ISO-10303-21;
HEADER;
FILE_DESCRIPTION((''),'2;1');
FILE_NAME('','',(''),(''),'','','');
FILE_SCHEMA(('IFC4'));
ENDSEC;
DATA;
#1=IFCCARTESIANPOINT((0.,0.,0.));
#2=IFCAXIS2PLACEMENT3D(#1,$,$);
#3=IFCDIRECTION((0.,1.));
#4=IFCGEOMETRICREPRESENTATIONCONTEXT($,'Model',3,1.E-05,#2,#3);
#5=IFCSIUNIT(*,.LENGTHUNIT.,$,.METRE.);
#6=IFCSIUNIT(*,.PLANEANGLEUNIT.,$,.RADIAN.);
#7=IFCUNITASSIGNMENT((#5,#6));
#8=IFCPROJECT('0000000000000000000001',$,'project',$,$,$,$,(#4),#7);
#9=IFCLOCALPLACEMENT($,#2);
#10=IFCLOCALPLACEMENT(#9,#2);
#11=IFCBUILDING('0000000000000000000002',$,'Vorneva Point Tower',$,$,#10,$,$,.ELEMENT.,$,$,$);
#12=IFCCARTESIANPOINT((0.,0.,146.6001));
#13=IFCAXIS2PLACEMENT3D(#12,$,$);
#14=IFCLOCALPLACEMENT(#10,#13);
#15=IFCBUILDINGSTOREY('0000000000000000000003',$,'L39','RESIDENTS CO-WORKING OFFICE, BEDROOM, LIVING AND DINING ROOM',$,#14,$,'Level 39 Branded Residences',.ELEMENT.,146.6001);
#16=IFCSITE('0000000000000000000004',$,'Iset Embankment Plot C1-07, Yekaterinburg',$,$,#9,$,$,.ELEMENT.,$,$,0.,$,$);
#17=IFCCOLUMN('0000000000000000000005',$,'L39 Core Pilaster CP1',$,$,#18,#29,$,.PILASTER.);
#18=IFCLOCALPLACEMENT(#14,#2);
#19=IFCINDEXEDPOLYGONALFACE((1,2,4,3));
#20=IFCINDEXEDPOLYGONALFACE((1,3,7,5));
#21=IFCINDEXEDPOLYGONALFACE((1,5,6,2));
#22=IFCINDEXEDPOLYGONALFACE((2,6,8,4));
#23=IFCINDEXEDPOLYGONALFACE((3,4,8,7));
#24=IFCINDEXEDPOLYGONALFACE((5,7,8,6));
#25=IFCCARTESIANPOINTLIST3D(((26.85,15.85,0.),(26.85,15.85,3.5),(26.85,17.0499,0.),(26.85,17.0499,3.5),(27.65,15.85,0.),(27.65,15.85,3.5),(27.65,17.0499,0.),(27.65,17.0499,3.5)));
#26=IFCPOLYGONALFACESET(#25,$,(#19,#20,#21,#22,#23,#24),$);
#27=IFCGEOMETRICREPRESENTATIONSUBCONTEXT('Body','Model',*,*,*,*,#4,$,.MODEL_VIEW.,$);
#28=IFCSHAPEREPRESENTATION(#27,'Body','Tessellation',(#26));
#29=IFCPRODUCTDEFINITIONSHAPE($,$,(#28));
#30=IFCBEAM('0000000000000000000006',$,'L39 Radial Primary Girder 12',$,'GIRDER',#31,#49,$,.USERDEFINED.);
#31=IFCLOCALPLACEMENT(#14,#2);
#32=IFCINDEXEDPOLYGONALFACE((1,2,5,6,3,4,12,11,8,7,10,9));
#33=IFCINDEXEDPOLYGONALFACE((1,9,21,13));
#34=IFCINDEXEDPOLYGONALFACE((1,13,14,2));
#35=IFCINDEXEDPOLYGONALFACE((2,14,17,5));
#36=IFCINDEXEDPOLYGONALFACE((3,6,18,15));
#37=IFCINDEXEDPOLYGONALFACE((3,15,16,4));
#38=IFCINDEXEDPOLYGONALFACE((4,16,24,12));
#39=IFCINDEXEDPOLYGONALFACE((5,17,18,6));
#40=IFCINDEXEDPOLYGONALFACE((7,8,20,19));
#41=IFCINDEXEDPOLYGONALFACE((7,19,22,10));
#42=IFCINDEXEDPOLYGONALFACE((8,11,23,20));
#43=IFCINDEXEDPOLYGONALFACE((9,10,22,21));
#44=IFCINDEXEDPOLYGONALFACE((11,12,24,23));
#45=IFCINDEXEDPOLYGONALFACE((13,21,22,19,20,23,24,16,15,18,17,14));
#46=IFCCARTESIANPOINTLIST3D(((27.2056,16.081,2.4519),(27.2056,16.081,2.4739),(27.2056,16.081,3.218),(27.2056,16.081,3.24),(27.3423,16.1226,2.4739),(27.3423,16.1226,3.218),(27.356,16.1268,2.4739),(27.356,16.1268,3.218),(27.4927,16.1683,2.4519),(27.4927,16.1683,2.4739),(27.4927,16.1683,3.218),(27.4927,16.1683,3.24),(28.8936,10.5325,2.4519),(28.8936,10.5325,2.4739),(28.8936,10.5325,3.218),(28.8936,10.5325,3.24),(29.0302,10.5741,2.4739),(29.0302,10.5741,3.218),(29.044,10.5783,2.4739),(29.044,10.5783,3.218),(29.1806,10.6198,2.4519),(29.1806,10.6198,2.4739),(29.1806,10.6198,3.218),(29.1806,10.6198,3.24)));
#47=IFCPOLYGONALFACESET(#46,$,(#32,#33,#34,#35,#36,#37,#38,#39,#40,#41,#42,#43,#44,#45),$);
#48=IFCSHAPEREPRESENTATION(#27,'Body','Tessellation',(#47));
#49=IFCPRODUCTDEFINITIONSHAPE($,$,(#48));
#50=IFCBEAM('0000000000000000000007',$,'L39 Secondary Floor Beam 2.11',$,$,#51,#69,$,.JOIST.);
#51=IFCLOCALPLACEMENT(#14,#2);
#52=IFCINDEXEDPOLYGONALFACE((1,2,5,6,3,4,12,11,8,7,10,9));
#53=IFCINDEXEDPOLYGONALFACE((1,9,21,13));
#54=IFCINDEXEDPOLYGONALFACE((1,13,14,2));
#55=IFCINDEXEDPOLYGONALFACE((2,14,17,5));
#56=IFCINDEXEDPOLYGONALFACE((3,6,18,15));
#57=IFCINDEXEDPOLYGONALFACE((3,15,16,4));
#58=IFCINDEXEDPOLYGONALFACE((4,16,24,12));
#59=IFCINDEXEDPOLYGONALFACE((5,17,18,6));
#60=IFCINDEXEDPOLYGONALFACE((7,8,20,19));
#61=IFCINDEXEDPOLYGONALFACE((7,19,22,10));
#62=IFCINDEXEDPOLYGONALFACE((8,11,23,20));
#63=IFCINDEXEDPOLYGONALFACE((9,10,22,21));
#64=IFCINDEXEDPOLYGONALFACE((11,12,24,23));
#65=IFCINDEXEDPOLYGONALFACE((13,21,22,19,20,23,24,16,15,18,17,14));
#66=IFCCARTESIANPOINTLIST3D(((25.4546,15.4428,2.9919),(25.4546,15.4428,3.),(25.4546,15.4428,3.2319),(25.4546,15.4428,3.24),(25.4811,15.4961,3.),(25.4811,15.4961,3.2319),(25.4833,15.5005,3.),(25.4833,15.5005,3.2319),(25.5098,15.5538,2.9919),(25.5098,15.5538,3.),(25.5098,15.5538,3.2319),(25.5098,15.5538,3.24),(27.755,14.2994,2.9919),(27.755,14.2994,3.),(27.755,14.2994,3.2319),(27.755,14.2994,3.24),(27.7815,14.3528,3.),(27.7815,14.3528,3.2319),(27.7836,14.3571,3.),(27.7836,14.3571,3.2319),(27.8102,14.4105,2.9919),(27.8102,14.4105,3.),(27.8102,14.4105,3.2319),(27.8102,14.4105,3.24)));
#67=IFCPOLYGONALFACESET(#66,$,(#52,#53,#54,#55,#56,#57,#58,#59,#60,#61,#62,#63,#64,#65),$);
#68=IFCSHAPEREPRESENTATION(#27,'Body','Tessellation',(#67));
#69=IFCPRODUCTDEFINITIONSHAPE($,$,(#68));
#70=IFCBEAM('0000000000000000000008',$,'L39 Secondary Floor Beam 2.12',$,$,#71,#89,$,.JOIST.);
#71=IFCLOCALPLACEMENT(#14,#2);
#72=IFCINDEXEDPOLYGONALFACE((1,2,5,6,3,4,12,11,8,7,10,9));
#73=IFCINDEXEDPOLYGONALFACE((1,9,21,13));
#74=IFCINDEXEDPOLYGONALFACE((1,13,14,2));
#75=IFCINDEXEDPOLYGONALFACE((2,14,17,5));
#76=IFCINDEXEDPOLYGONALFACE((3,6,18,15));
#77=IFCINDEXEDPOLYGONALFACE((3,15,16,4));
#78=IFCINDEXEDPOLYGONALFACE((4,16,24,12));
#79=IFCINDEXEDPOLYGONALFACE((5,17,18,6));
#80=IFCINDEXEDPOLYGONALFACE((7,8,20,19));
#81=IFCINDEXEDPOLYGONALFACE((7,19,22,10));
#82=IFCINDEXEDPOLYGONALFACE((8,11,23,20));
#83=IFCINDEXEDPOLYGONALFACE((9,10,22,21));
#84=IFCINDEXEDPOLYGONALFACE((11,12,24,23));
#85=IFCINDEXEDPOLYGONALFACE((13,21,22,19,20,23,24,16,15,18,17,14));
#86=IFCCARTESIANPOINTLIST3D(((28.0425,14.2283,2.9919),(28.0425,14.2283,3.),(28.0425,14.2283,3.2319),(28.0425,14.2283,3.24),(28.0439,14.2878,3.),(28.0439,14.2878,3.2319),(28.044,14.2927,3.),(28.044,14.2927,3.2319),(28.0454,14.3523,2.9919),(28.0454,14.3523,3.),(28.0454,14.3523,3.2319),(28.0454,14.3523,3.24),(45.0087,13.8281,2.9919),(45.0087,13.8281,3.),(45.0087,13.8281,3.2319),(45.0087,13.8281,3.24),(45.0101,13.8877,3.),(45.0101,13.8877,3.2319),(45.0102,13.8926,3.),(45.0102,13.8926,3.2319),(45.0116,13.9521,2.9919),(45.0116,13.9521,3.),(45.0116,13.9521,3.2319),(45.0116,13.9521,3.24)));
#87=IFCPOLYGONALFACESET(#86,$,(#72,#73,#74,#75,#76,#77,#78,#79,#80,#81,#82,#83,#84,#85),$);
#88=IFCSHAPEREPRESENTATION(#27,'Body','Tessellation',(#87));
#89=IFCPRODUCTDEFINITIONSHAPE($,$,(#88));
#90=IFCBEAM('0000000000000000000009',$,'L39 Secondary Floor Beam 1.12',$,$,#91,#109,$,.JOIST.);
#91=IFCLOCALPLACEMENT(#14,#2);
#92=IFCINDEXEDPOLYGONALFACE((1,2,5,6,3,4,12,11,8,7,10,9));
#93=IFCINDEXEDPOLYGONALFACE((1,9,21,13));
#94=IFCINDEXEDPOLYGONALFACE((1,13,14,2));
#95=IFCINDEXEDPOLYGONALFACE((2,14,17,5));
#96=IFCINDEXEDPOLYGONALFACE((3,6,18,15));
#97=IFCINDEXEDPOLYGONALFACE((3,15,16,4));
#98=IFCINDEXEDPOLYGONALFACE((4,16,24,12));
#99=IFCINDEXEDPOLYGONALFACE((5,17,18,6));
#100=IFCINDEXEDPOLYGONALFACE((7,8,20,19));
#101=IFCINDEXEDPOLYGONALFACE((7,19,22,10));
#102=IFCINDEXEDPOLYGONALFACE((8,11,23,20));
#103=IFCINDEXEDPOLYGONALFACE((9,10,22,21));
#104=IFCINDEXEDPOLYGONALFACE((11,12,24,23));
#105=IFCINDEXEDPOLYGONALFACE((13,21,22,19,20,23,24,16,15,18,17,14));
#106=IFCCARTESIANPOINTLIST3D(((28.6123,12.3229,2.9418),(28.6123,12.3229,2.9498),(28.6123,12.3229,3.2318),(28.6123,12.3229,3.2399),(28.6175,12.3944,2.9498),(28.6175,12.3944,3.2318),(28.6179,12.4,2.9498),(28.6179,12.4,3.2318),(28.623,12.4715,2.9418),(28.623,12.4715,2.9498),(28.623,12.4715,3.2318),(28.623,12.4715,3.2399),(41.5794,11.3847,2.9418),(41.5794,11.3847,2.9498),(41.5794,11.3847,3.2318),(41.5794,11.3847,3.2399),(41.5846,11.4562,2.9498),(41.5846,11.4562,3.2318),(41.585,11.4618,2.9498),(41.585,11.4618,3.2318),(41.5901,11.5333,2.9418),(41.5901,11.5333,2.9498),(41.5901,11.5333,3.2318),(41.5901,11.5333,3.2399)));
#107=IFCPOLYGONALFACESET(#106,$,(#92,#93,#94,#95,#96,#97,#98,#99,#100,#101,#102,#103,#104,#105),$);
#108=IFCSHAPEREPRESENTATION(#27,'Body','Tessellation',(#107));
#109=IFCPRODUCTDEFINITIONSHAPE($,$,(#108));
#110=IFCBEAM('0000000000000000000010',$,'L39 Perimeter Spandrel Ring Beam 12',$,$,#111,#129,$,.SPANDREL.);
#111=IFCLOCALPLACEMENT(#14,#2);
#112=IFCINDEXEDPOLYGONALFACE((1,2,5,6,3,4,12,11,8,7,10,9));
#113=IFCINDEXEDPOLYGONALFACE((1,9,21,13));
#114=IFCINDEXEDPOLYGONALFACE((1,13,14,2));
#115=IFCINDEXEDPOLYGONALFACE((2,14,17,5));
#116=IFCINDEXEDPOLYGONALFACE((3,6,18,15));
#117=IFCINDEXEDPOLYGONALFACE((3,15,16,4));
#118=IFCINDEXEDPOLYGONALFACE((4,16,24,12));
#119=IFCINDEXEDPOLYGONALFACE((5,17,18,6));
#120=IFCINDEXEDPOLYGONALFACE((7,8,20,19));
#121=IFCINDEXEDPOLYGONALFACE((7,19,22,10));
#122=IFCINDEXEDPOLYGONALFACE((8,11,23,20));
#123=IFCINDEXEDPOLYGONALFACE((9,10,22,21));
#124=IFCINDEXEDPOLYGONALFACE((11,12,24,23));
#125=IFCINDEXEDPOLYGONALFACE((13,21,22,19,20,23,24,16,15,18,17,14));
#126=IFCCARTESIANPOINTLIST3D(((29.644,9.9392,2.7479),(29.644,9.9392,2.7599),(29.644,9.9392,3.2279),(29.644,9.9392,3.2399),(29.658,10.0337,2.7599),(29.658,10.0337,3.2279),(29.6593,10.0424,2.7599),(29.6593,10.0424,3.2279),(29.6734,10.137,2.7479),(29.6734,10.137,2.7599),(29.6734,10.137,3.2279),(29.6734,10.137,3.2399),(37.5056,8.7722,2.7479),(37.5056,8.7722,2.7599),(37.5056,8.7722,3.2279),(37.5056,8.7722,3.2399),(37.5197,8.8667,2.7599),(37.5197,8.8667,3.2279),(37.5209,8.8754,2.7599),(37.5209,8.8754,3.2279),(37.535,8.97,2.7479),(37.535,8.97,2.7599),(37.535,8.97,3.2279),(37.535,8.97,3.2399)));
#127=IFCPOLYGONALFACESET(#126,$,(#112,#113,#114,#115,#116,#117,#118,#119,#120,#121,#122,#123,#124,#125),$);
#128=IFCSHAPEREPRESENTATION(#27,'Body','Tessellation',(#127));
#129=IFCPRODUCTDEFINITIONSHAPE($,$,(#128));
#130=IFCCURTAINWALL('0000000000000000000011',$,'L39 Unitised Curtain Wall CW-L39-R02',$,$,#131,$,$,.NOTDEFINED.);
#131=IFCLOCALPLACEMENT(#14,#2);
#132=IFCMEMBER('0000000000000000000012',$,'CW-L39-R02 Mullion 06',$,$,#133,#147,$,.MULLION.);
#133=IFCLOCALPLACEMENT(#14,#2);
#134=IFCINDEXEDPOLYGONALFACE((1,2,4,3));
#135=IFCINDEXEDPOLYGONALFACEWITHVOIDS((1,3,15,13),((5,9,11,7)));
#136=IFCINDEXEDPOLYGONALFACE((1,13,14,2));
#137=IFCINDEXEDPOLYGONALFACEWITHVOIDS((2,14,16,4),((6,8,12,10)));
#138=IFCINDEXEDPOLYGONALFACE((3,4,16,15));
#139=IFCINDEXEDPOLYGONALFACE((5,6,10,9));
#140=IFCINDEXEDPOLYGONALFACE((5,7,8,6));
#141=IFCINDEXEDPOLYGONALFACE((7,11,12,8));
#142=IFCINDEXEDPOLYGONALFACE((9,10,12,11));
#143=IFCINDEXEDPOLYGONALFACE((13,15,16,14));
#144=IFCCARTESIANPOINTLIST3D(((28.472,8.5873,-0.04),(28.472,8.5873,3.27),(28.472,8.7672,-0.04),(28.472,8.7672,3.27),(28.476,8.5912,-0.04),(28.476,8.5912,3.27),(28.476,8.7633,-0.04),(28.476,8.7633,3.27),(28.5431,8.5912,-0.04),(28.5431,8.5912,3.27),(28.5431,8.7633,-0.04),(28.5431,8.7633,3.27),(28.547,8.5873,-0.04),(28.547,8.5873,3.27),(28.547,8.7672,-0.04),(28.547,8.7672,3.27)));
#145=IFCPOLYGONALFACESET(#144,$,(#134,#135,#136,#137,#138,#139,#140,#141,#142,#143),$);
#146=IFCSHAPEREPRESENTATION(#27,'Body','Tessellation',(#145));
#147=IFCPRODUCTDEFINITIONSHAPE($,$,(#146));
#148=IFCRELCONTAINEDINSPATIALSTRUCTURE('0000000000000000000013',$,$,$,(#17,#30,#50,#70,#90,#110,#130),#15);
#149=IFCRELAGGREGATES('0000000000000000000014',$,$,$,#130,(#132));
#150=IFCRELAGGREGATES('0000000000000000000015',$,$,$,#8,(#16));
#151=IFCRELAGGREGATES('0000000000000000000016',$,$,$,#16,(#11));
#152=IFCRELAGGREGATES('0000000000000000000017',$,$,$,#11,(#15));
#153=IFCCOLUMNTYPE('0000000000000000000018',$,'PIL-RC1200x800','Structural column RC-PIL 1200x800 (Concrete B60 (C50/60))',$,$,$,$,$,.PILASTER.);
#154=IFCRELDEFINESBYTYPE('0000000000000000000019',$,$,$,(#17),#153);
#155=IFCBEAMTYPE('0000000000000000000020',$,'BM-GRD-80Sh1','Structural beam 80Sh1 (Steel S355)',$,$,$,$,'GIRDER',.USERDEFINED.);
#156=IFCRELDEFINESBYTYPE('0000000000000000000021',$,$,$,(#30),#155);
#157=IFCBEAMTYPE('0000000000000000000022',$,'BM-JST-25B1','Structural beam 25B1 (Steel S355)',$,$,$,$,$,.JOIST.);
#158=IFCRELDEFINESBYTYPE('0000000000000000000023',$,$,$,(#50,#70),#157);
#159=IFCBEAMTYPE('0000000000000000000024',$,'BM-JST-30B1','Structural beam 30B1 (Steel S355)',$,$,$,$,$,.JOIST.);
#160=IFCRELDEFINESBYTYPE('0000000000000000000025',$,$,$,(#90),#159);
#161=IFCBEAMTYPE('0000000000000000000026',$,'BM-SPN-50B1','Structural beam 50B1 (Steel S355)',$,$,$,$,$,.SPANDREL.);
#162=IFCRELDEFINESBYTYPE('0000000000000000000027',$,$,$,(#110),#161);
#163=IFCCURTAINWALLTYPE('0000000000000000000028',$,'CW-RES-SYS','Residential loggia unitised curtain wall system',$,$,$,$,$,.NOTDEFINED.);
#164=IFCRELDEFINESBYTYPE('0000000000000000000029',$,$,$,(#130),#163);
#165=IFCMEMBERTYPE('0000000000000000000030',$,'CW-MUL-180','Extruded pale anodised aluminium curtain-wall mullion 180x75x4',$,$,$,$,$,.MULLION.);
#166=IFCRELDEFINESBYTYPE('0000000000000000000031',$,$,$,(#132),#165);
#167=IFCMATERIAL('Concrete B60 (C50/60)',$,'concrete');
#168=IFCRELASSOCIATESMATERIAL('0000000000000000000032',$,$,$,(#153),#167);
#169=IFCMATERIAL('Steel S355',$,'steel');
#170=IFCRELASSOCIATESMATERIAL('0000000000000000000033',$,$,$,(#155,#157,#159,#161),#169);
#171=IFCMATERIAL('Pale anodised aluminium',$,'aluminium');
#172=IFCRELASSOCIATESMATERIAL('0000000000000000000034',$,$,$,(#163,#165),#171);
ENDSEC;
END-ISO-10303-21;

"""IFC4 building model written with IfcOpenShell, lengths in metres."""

from ifc_helpers import new_model, si_unit, direction, frame, origin, origin_2d, place, context, subcontext, project, spatial, rectangle, hollow_rectangle, i_section, extrude, material, material_profile, profile_set, type_object, element, aggregate, save


model = new_model("IFC4")

# Units and contexts
model_context = context("Model", 3, precision=1e-05, world=origin(), true_north=direction((0.0, 1.0)))
body_context = subcontext(model_context, "Body", "Model", "MODEL_VIEW")
ifc_project = project(units=[si_unit("LENGTHUNIT", "METRE"), si_unit("PLANEANGLEUNIT", "RADIAN")], contexts=[model_context])

# Site, building, storey
site_placement = place(None, origin())
site = spatial("IfcSite", under=ifc_project, at=site_placement, Name="Iset Embankment Plot C1-07, Yekaterinburg", CompositionType="ELEMENT", RefElevation=0.0)
building_placement = place(site_placement, origin())
building = spatial("IfcBuilding", under=site, at=building_placement, Name="Vorneva Point Tower", CompositionType="ELEMENT")
storey_placement = place(building_placement, frame((0.0, 0.0, 146.6001)))
storey = spatial("IfcBuildingStorey", under=building, at=storey_placement, Name="L39", Description="RESIDENTS CO-WORKING OFFICE, BEDROOM, LIVING AND DINING ROOM", LongName="Level 39 Branded Residences", CompositionType="ELEMENT", Elevation=146.6001)

# Column
ifc_material_1 = material(Name="Concrete B60 (C50/60)", Category="concrete")
ifc_material_profile_1 = material_profile(ifc_material_1, rectangle(XDim=0.8, YDim=1.2, at=origin_2d()), Name="RC-PIL 1200x800")
ifc_profile_set_1 = profile_set([ifc_material_profile_1], Name="Concrete B60 (C50/60)")
column_type_1 = type_object("IfcColumnType", Name="PIL-RC1200x800", Description="Structural column RC-PIL 1200x800 (Concrete B60 (C50/60))", PredefinedType="PILASTER", material=ifc_profile_set_1)
column_1_placement = place(storey_placement, frame((27.25, 16.45, 0.0), z_axis=(0.0, 0.0, 1.0), x_axis=(1.0, 0.0, 0.0)))
element("IfcColumn", 1, at=column_1_placement, inside=storey, type_object=column_type_1, Name="L39 Core Pilaster CP1", PredefinedType="PILASTER", context=body_context, shape_type="SweptSolid", body=[
    extrude(rectangle(XDim=0.8, YDim=1.2, at=origin_2d()), origin(), (0.0, 0.0, 1.0), 3.5),
])

# Beams
ifc_material_2 = material(Name="Steel S355", Category="steel")
ifc_material_profile_2 = material_profile(ifc_material_2, i_section(OverallWidth=0.3, OverallDepth=0.7881, WebThickness=0.0144, FlangeThickness=0.022, at=origin_2d()), Name="80Sh1")
ifc_profile_set_2 = profile_set([ifc_material_profile_2], Name="Steel S355")
beam_type_1 = type_object("IfcBeamType", Name="BM-GRD-80Sh1", Description="Structural beam 80Sh1 (Steel S355)", ElementType="GIRDER", PredefinedType="USERDEFINED", material=ifc_profile_set_2)
beam_1_placement = place(storey_placement, frame((29.0371, 10.5762, 2.8459), z_axis=(-0.291049, 0.956708, 0.0), x_axis=(-0.956708, -0.291049, 0.0)))
element("IfcBeam", 2, at=beam_1_placement, inside=storey, type_object=beam_type_1, Name="L39 Radial Primary Girder 12", ObjectType="GIRDER", PredefinedType="USERDEFINED", context=body_context, shape_type="SweptSolid", body=[
    extrude(i_section(OverallWidth=0.3, OverallDepth=0.7881, WebThickness=0.0144, FlangeThickness=0.022, at=origin_2d()), origin(), (0.0, 0.0, 1.0), 5.7996),
])
ifc_material_profile_3 = material_profile(ifc_material_2, i_section(OverallWidth=0.124, OverallDepth=0.248, WebThickness=0.0049, FlangeThickness=0.0081, at=origin_2d()), Name="25B1")
ifc_profile_set_3 = profile_set([ifc_material_profile_3], Name="Steel S355")
beam_type_2 = type_object("IfcBeamType", Name="BM-JST-25B1", Description="Structural beam 25B1 (Steel S355)", PredefinedType="JOIST", material=ifc_profile_set_3)
beam_2_placement = place(storey_placement, frame((25.4822, 15.4983, 3.116), z_axis=(0.895489, -0.445083, 0.0), x_axis=(0.445083, 0.895489, 0.0)))
element("IfcBeam", 3, at=beam_2_placement, inside=storey, type_object=beam_type_2, Name="L39 Secondary Floor Beam 2.11", PredefinedType="JOIST", context=body_context, shape_type="SweptSolid", body=[
    extrude(i_section(OverallWidth=0.124, OverallDepth=0.248, WebThickness=0.0049, FlangeThickness=0.0081, at=origin_2d()), origin(), (0.0, 0.0, 1.0), 2.5688),
])
beam_3_placement = place(storey_placement, frame((28.0439, 14.2903, 3.116), z_axis=(0.999722, -0.023578, 0.0), x_axis=(0.023578, 0.999722, 0.0)))
element("IfcBeam", 4, at=beam_3_placement, inside=storey, type_object=beam_type_2, Name="L39 Secondary Floor Beam 2.12", PredefinedType="JOIST", context=body_context, shape_type="SweptSolid", body=[
    extrude(i_section(OverallWidth=0.124, OverallDepth=0.248, WebThickness=0.0049, FlangeThickness=0.0081, at=origin_2d()), origin(), (0.0, 0.0, 1.0), 16.9709),
])
ifc_material_profile_4 = material_profile(ifc_material_2, i_section(OverallWidth=0.1489, OverallDepth=0.2981, WebThickness=0.0056, FlangeThickness=0.0081, at=origin_2d()), Name="30B1")
ifc_profile_set_4 = profile_set([ifc_material_profile_4], Name="Steel S355")
beam_type_3 = type_object("IfcBeamType", Name="BM-JST-30B1", Description="Structural beam 30B1 (Steel S355)", PredefinedType="JOIST", material=ifc_profile_set_4)
beam_4_placement = place(storey_placement, frame((28.6177, 12.3972, 3.0908), z_axis=(0.997393, -0.072167, 0.0), x_axis=(0.072167, 0.997393, 0.0)))
element("IfcBeam", 5, at=beam_4_placement, inside=storey, type_object=beam_type_3, Name="L39 Secondary Floor Beam 1.12", PredefinedType="JOIST", context=body_context, shape_type="SweptSolid", body=[
    extrude(i_section(OverallWidth=0.1489, OverallDepth=0.2981, WebThickness=0.0056, FlangeThickness=0.0081, at=origin_2d()), origin(), (0.0, 0.0, 1.0), 13.001),
])
ifc_material_profile_5 = material_profile(ifc_material_2, i_section(OverallWidth=0.2, OverallDepth=0.4919, WebThickness=0.0088, FlangeThickness=0.012, at=origin_2d()), Name="50B1")
ifc_profile_set_5 = profile_set([ifc_material_profile_5], Name="Steel S355")
beam_type_4 = type_object("IfcBeamType", Name="BM-SPN-50B1", Description="Structural beam 50B1 (Steel S355)", PredefinedType="SPANDREL", material=ifc_profile_set_5)
beam_5_placement = place(storey_placement, frame((29.6587, 10.0381, 2.9939), z_axis=(0.989161, -0.146834, 0.0), x_axis=(0.146834, 0.989161, 0.0)))
element("IfcBeam", 6, at=beam_5_placement, inside=storey, type_object=beam_type_4, Name="L39 Perimeter Spandrel Ring Beam 12", PredefinedType="SPANDREL", context=body_context, shape_type="SweptSolid", body=[
    extrude(i_section(OverallWidth=0.2, OverallDepth=0.4919, WebThickness=0.0088, FlangeThickness=0.012, at=origin_2d()), origin(), (0.0, 0.0, 1.0), 7.9478),
])

# Curtain wall, member
ifc_material_3 = material(Name="Pale anodised aluminium", Category="aluminium")
curtain_wall_type = type_object("IfcCurtainWallType", Name="CW-RES-SYS", Description="Residential loggia unitised curtain wall system", PredefinedType="NOTDEFINED", material=ifc_material_3)
curtain_wall_placement = place(storey_placement, origin())
curtain_wall = element("IfcCurtainWall", 7, at=curtain_wall_placement, inside=storey, type_object=curtain_wall_type, Name="L39 Unitised Curtain Wall CW-L39-R02", PredefinedType="NOTDEFINED")
ifc_material_profile_6 = material_profile(ifc_material_3, hollow_rectangle(XDim=0.075, YDim=0.1799, WallThickness=0.0039, at=origin_2d()), Name="AL-MUL 180x75x4")
ifc_profile_set_6 = profile_set([ifc_material_profile_6], Name="Pale anodised aluminium")
member_type = type_object("IfcMemberType", Name="CW-MUL-180", Description="Extruded pale anodised aluminium curtain-wall mullion 180x75x4", PredefinedType="MULLION", material=ifc_profile_set_6)
member_placement = place(storey_placement, frame((28.5095, 8.6772, -0.04), z_axis=(0.0, 0.0, 1.0), x_axis=(1.0, 0.0, 0.0)))
member = element("IfcMember", 8, at=member_placement, type_object=member_type, Name="CW-L39-R02 Mullion 06", PredefinedType="MULLION", context=body_context, shape_type="SweptSolid", body=[
    extrude(hollow_rectangle(XDim=0.075, YDim=0.1799, WallThickness=0.0039, at=origin_2d()), origin(), (0.0, 0.0, 1.0), 3.3101),
])
aggregate(curtain_wall, [member])

save(model, "model.ifc")
